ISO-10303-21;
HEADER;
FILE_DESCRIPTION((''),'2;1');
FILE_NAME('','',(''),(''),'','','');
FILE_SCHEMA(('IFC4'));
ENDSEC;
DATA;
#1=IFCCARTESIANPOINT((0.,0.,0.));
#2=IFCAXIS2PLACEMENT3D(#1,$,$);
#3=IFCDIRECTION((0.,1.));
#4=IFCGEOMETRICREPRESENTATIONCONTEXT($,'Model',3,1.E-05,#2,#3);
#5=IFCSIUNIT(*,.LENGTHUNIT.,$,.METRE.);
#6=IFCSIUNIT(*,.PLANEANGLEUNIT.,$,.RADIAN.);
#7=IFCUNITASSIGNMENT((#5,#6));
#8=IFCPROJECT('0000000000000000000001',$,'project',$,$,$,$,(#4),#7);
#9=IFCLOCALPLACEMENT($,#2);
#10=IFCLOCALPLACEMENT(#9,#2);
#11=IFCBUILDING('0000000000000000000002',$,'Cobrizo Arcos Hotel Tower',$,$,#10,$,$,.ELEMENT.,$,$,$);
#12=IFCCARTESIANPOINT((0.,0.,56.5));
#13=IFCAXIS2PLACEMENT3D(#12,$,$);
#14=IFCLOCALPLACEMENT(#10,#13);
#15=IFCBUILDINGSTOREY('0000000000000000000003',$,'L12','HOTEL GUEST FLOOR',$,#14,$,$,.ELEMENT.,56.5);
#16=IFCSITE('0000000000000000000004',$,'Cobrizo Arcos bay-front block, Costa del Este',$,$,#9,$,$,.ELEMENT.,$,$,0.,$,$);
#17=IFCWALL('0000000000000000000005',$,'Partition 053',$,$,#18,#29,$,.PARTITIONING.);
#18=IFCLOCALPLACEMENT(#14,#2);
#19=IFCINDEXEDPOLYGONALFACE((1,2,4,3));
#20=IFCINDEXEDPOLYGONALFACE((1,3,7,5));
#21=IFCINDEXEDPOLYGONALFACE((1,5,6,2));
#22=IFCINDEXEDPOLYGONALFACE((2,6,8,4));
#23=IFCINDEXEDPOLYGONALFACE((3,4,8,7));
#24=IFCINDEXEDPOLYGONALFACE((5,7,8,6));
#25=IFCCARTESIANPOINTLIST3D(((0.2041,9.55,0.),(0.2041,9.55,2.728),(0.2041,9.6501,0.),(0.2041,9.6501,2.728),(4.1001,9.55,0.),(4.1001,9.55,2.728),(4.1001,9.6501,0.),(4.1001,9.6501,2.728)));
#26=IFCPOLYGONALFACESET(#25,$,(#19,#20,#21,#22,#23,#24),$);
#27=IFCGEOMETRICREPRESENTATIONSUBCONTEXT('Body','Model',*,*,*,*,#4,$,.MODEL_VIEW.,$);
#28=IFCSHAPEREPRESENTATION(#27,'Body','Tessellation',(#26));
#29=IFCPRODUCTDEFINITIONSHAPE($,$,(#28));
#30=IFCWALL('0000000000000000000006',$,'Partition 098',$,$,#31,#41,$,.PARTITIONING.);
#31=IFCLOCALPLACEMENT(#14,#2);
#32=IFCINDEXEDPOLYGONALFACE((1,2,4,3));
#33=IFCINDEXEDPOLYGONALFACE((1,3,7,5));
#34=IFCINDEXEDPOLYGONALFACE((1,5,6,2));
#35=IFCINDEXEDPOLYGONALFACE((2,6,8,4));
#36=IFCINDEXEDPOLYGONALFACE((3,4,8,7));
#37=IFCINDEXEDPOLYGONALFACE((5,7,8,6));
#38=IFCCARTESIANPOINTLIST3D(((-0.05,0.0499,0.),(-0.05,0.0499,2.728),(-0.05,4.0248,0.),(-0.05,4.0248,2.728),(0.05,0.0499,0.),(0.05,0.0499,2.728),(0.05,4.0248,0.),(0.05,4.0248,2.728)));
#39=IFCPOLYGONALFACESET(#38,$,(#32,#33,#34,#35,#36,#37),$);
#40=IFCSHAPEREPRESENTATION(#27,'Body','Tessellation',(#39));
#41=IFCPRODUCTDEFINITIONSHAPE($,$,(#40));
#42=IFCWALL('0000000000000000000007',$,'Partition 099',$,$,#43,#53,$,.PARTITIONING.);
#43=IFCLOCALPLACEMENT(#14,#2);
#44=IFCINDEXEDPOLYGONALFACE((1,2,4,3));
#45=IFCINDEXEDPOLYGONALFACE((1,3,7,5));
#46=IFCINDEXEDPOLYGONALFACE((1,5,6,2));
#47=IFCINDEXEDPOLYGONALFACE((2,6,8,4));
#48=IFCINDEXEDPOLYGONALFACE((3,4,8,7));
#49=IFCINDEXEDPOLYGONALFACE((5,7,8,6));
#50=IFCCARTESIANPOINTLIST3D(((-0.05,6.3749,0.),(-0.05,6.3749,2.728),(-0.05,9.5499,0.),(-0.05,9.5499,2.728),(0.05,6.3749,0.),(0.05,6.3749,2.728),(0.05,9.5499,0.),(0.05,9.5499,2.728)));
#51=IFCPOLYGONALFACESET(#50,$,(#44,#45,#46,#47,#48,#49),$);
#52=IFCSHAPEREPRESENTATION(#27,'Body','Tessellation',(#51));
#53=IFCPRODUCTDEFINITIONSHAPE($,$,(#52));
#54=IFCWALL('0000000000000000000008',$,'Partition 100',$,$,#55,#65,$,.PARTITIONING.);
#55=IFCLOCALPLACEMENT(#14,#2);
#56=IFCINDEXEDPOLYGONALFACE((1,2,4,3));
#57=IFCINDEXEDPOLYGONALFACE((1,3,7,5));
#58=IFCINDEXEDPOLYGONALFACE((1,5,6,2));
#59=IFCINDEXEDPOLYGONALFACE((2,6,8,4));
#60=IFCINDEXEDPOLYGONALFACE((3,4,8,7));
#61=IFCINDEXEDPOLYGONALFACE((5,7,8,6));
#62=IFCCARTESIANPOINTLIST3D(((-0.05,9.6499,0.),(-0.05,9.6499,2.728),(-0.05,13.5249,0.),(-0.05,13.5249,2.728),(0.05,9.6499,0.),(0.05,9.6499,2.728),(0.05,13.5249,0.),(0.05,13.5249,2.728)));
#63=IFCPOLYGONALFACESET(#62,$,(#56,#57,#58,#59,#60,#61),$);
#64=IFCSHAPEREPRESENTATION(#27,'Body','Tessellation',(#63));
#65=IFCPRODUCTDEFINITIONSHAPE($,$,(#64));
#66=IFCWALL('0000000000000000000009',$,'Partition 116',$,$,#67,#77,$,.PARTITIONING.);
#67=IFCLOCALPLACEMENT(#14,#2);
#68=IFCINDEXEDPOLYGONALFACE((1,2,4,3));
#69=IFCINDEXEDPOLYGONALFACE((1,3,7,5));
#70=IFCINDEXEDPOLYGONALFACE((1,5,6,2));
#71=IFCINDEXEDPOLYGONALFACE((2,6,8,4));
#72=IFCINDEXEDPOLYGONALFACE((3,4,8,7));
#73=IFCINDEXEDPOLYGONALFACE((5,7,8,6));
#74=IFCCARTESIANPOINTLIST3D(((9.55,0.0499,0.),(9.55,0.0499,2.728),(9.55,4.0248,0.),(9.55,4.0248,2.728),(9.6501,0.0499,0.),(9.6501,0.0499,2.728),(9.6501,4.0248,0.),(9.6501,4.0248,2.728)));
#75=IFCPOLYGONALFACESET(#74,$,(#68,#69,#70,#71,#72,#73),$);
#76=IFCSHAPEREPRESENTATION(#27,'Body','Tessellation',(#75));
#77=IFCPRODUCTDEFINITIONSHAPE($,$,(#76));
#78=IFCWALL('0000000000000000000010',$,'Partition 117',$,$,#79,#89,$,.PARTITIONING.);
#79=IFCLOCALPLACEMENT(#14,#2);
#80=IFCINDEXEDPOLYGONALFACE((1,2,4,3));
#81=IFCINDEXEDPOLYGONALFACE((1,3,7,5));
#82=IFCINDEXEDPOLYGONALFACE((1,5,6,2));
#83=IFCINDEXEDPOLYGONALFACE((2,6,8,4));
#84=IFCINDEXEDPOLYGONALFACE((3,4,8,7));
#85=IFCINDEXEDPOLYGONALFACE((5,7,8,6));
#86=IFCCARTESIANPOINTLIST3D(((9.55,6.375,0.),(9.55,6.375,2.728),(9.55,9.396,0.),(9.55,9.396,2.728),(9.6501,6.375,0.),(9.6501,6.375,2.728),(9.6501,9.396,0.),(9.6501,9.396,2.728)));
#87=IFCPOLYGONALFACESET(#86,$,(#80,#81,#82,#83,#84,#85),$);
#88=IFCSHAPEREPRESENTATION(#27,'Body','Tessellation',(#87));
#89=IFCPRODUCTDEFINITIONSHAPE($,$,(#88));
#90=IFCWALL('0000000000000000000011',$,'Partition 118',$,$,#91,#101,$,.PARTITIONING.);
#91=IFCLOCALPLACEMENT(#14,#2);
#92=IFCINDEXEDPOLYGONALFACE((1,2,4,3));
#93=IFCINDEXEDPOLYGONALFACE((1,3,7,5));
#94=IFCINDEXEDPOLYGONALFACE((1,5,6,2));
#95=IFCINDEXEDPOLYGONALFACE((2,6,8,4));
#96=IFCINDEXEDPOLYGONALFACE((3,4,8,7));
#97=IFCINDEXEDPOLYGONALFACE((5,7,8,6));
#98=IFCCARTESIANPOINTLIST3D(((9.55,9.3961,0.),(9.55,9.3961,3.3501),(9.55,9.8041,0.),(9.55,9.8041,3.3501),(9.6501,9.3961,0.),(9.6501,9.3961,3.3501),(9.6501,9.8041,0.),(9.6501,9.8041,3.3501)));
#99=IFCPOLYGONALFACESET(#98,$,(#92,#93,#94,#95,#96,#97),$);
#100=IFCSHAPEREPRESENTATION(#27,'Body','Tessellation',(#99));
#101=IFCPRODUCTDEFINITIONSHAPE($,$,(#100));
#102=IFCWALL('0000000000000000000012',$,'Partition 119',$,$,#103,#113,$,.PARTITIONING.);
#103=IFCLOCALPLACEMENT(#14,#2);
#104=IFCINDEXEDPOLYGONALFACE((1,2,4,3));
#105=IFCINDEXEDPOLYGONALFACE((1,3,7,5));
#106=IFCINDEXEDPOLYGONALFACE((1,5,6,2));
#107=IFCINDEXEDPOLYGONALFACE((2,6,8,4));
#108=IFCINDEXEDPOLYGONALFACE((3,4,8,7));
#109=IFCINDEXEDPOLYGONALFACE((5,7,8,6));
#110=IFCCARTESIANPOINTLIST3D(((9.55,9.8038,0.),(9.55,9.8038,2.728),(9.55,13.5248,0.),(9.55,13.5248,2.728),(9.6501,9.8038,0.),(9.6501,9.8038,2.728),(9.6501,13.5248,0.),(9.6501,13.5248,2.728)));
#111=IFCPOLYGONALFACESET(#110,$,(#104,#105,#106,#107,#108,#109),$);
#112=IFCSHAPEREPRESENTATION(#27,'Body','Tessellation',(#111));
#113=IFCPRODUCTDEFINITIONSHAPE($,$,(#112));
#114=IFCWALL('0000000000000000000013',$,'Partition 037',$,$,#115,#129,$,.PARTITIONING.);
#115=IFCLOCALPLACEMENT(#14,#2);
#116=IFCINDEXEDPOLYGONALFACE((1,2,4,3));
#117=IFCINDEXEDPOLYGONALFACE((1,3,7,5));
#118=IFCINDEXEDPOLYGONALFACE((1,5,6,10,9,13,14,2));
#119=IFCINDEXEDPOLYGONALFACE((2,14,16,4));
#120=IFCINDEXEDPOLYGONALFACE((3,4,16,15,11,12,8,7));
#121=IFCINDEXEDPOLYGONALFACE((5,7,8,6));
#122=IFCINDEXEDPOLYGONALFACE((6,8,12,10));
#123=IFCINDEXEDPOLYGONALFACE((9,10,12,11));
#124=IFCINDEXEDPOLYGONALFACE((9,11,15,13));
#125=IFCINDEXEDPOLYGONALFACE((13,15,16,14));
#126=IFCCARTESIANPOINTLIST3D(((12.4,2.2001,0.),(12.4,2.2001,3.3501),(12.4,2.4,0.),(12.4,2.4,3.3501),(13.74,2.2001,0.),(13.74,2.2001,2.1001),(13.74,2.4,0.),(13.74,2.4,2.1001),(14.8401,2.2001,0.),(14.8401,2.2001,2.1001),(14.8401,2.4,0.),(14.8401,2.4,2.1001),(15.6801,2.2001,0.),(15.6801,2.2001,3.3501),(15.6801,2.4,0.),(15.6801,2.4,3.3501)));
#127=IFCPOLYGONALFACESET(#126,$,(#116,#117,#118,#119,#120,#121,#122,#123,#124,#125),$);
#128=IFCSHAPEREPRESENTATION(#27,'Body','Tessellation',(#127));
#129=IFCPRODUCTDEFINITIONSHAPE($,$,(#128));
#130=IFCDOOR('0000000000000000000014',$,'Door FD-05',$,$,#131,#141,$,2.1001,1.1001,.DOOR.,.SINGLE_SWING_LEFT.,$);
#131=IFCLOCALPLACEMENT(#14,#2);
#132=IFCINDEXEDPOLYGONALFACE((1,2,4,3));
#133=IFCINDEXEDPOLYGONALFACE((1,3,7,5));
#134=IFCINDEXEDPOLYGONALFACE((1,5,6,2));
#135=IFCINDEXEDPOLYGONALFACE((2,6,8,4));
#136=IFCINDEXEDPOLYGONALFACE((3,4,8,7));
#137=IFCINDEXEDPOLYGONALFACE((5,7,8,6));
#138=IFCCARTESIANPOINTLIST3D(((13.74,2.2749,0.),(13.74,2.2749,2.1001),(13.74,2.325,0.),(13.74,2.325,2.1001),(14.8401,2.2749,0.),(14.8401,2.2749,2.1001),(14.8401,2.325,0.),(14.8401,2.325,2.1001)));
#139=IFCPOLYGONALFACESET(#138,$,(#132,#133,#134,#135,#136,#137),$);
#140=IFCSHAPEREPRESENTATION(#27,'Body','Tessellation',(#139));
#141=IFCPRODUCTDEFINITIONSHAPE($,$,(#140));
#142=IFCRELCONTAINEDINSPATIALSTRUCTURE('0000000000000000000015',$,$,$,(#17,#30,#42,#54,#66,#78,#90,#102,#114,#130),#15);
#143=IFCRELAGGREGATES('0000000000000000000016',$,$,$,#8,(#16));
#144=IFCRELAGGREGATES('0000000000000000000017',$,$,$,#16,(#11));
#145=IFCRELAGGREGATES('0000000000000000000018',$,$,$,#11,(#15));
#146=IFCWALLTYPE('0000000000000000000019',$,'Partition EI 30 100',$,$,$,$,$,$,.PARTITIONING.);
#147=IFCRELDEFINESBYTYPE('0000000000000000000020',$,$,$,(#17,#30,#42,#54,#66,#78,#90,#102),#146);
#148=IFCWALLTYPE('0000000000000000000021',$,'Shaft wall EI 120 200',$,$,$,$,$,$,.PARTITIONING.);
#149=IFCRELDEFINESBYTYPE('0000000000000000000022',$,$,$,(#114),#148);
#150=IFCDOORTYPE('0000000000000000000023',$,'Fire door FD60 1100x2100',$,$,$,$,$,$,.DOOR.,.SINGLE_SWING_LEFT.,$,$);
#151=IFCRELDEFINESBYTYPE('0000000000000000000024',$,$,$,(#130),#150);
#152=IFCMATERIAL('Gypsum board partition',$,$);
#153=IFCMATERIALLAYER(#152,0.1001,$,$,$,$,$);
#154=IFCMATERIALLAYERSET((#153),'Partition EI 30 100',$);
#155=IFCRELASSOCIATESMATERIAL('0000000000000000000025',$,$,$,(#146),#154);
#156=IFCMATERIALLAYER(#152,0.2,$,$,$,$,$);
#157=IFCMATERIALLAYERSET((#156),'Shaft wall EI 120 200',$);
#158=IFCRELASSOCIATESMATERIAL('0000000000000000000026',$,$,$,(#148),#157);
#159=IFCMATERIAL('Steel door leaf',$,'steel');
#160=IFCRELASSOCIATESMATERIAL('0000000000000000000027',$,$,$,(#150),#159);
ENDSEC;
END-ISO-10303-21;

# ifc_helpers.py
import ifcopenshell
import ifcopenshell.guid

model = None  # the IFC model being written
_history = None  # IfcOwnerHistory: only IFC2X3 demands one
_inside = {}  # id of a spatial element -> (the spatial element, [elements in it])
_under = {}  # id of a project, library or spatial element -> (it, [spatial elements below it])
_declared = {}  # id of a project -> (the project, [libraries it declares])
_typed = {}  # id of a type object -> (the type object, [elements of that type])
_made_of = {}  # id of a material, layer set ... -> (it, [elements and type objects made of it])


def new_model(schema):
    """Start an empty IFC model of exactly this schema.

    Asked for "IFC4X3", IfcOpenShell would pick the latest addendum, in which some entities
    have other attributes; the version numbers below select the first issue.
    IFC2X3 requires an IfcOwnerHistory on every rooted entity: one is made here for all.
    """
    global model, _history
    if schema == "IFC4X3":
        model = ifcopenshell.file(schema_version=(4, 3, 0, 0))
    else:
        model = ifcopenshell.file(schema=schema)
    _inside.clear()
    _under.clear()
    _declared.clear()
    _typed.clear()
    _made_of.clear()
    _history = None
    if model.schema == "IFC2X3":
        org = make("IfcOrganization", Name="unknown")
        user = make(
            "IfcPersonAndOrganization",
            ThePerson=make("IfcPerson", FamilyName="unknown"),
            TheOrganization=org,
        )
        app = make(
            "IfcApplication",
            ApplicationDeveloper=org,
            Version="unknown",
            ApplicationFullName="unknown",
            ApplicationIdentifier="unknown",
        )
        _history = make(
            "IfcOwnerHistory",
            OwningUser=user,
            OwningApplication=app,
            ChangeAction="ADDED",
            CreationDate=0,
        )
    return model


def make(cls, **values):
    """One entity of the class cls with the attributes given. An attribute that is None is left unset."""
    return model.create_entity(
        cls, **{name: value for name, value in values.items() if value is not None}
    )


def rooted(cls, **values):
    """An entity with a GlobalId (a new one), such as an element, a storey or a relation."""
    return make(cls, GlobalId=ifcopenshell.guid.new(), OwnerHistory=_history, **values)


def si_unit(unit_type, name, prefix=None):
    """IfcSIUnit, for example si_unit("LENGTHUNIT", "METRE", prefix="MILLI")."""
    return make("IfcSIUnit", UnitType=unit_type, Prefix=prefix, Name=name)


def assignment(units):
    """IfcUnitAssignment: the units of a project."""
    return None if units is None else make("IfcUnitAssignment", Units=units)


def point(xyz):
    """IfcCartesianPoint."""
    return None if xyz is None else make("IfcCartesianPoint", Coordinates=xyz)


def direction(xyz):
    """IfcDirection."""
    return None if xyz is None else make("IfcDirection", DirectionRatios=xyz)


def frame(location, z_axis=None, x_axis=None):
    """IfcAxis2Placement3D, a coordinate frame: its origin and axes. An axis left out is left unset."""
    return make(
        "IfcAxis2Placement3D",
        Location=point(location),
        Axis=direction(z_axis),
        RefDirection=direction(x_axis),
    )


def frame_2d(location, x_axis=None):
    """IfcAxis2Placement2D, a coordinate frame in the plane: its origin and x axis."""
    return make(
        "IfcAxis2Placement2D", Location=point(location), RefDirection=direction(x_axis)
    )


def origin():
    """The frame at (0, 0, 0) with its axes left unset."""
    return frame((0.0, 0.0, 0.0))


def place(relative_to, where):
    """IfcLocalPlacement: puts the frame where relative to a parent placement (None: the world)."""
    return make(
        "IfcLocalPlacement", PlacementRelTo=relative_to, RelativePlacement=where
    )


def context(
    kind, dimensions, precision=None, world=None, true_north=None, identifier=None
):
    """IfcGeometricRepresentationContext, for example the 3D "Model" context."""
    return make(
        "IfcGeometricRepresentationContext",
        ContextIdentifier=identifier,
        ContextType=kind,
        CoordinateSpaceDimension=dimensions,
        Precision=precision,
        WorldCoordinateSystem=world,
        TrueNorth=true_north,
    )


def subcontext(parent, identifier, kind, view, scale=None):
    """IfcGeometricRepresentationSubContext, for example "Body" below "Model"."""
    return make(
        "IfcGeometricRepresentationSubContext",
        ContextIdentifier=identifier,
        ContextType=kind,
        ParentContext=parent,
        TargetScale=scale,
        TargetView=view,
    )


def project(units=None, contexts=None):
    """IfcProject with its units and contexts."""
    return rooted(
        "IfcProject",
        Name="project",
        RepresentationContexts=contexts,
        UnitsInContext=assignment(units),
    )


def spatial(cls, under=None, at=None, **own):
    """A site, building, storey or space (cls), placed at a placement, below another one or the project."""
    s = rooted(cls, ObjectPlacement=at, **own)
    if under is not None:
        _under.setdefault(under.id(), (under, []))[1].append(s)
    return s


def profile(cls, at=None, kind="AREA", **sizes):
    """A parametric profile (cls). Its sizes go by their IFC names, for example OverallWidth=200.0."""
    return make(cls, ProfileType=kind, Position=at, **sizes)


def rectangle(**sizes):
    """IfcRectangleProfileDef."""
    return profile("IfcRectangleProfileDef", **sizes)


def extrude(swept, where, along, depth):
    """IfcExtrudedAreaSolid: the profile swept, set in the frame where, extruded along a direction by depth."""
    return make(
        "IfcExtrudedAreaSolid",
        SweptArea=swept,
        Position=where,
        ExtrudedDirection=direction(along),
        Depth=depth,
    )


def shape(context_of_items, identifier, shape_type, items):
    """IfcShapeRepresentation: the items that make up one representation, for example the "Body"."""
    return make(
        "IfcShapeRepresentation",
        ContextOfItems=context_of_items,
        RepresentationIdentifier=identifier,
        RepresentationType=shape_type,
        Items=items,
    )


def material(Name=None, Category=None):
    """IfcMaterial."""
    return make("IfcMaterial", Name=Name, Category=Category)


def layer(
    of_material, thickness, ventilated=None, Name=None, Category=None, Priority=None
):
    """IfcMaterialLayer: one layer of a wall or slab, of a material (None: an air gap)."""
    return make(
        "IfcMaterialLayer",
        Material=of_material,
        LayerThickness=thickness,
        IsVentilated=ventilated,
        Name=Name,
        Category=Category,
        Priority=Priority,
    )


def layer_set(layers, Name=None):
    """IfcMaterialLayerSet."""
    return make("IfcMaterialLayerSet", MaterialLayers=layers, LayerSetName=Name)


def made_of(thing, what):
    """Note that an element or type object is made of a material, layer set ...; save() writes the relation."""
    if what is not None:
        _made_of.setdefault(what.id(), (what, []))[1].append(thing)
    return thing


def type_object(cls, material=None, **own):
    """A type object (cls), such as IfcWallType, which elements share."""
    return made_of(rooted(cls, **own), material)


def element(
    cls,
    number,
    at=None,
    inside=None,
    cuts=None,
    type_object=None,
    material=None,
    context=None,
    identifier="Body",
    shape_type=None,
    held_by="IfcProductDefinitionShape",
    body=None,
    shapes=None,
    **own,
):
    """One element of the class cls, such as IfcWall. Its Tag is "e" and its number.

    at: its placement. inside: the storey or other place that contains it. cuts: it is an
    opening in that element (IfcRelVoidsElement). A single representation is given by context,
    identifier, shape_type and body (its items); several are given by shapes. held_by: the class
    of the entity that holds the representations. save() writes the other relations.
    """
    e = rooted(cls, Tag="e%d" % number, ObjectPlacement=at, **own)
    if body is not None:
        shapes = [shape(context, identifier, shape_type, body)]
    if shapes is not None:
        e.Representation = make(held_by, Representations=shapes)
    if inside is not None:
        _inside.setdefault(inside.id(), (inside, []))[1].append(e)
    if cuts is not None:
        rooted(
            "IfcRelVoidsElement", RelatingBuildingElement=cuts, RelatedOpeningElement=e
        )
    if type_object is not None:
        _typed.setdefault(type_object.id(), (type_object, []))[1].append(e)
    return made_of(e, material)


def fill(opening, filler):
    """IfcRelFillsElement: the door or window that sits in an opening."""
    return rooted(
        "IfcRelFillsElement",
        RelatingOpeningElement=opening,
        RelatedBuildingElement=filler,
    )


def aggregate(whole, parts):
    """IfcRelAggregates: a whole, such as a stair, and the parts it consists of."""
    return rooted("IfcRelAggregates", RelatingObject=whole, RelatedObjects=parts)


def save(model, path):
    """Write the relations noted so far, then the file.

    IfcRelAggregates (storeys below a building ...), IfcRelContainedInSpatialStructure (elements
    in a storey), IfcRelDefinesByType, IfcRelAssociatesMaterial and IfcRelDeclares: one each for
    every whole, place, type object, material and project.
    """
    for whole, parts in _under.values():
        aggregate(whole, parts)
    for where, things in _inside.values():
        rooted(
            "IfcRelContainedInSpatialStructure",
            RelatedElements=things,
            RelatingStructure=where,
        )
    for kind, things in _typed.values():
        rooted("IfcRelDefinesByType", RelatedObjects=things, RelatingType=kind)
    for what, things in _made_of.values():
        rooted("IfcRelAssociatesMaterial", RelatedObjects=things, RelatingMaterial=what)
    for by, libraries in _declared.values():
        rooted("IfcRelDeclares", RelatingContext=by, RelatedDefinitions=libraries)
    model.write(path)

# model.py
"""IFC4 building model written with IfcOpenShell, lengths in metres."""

from ifc_helpers import new_model, si_unit, direction, frame, frame_2d, origin, place, context, subcontext, project, spatial, rectangle, extrude, material, layer, layer_set, type_object, element, fill, save


model = new_model("IFC4")

# Units and contexts
model_context = context("Model", 3, precision=1e-05, world=origin(), true_north=direction((0.0, 1.0)))
body_context = subcontext(model_context, "Body", "Model", "MODEL_VIEW")
ifc_project = project(units=[si_unit("LENGTHUNIT", "METRE"), si_unit("PLANEANGLEUNIT", "RADIAN")], contexts=[model_context])

# Site, building, storey
site_placement = place(None, origin())
site = spatial("IfcSite", under=ifc_project, at=site_placement, Name="Cobrizo Arcos bay-front block, Costa del Este", CompositionType="ELEMENT", RefElevation=0.0)
building_placement = place(site_placement, origin())
building = spatial("IfcBuilding", under=site, at=building_placement, Name="Cobrizo Arcos Hotel Tower", CompositionType="ELEMENT")
storey_placement = place(building_placement, frame((0.0, 0.0, 56.5)))
storey = spatial("IfcBuildingStorey", under=building, at=storey_placement, Name="L12", Description="HOTEL GUEST FLOOR", CompositionType="ELEMENT", Elevation=56.5)

# Shared definitions
ifc_material_1 = material(Name="Gypsum board partition")

# Walls
ifc_layer_1 = layer(ifc_material_1, 0.1001)
ifc_layer_set_1 = layer_set([ifc_layer_1], Name="Partition EI 30 100")
wall_type_1 = type_object("IfcWallType", Name="Partition EI 30 100", PredefinedType="PARTITIONING", material=ifc_layer_set_1)
wall_1_placement = place(storey_placement, frame((0.2041, 9.6001, 0.0), z_axis=(0.0, 0.0, 1.0), x_axis=(1.0, 0.0, 0.0)))
element("IfcWall", 1, at=wall_1_placement, inside=storey, type_object=wall_type_1, Name="Partition 053", PredefinedType="PARTITIONING", context=body_context, shape_type="SweptSolid", body=[
    extrude(rectangle(XDim=3.896, YDim=0.1001, at=frame_2d((1.948, 0.0))), origin(), (0.0, 0.0, 1.0), 2.728),
])
wall_2_placement = place(storey_placement, frame((0.0, 0.05, 0.0), z_axis=(0.0, 0.0, 1.0), x_axis=(0.0, 1.0, 0.0)))
element("IfcWall", 2, at=wall_2_placement, inside=storey, type_object=wall_type_1, Name="Partition 098", PredefinedType="PARTITIONING", context=body_context, shape_type="SweptSolid", body=[
    extrude(rectangle(XDim=3.9749, YDim=0.1001, at=frame_2d((1.9873, 0.0))), origin(), (0.0, 0.0, 1.0), 2.728),
])
wall_3_placement = place(storey_placement, frame((0.0, 6.375, 0.0), z_axis=(0.0, 0.0, 1.0), x_axis=(0.0, 1.0, 0.0)))
element("IfcWall", 3, at=wall_3_placement, inside=storey, type_object=wall_type_1, Name="Partition 099", PredefinedType="PARTITIONING", context=body_context, shape_type="SweptSolid", body=[
    extrude(rectangle(XDim=3.175, YDim=0.1001, at=frame_2d((1.5874, 0.0))), origin(), (0.0, 0.0, 1.0), 2.728),
])
wall_4_placement = place(storey_placement, frame((0.0, 9.6499, 0.0), z_axis=(0.0, 0.0, 1.0), x_axis=(0.0, 1.0, 0.0)))
element("IfcWall", 4, at=wall_4_placement, inside=storey, type_object=wall_type_1, Name="Partition 100", PredefinedType="PARTITIONING", context=body_context, shape_type="SweptSolid", body=[
    extrude(rectangle(XDim=3.875, YDim=0.1001, at=frame_2d((1.9375, 0.0))), origin(), (0.0, 0.0, 1.0), 2.728),
])
wall_5_placement = place(storey_placement, frame((9.6001, 0.05, 0.0), z_axis=(0.0, 0.0, 1.0), x_axis=(0.0, 1.0, 0.0)))
element("IfcWall", 5, at=wall_5_placement, inside=storey, type_object=wall_type_1, Name="Partition 116", PredefinedType="PARTITIONING", context=body_context, shape_type="SweptSolid", body=[
    extrude(rectangle(XDim=3.9749, YDim=0.1001, at=frame_2d((1.9873, 0.0))), origin(), (0.0, 0.0, 1.0), 2.728),
])
wall_6_placement = place(storey_placement, frame((9.6001, 6.375, 0.0), z_axis=(0.0, 0.0, 1.0), x_axis=(0.0, 1.0, 0.0)))
element("IfcWall", 6, at=wall_6_placement, inside=storey, type_object=wall_type_1, Name="Partition 117", PredefinedType="PARTITIONING", context=body_context, shape_type="SweptSolid", body=[
    extrude(rectangle(XDim=3.021, YDim=0.1001, at=frame_2d((1.5105, 0.0))), origin(), (0.0, 0.0, 1.0), 2.728),
])
wall_7_placement = place(storey_placement, frame((9.6001, 9.396, 0.0), z_axis=(0.0, 0.0, 1.0), x_axis=(0.0, 1.0, 0.0)))
element("IfcWall", 7, at=wall_7_placement, inside=storey, type_object=wall_type_1, Name="Partition 118", PredefinedType="PARTITIONING", context=body_context, shape_type="SweptSolid", body=[
    extrude(rectangle(XDim=0.408, YDim=0.1001, at=frame_2d((0.2041, 0.0))), origin(), (0.0, 0.0, 1.0), 3.3501),
])
wall_8_placement = place(storey_placement, frame((9.6001, 9.804, 0.0), z_axis=(0.0, 0.0, 1.0), x_axis=(0.0, 1.0, 0.0)))
element("IfcWall", 8, at=wall_8_placement, inside=storey, type_object=wall_type_1, Name="Partition 119", PredefinedType="PARTITIONING", context=body_context, shape_type="SweptSolid", body=[
    extrude(rectangle(XDim=3.7209, YDim=0.1001, at=frame_2d((1.8604, 0.0))), origin(), (0.0, 0.0, 1.0), 2.728),
])

# Wall, opening, door
ifc_layer_2 = layer(ifc_material_1, 0.2)
ifc_layer_set_2 = layer_set([ifc_layer_2], Name="Shaft wall EI 120 200")
wall_type_2 = type_object("IfcWallType", Name="Shaft wall EI 120 200", PredefinedType="PARTITIONING", material=ifc_layer_set_2)
wall_9_placement = place(storey_placement, frame((12.3999, 2.3, 0.0), z_axis=(0.0, 0.0, 1.0), x_axis=(1.0, 0.0, 0.0)))
wall_9 = element("IfcWall", 9, at=wall_9_placement, inside=storey, type_object=wall_type_2, Name="Partition 037", PredefinedType="PARTITIONING", context=body_context, shape_type="SweptSolid", body=[
    extrude(rectangle(XDim=3.28, YDim=0.2, at=frame_2d((1.6401, 0.0))), origin(), (0.0, 0.0, 1.0), 3.3501),
])
opening_1_placement = place(wall_9_placement, frame((1.3401, 0.0, 0.0)))
opening_1 = element("IfcOpeningElement", 10, at=opening_1_placement, cuts=wall_9, PredefinedType="OPENING", context=body_context, shape_type="SweptSolid", body=[
    extrude(rectangle(XDim=1.1001, YDim=2.1001, at=frame_2d((0.55, 1.05))), frame((0.0, 0.1121, 0.0), z_axis=(0.0, -1.0, 0.0), x_axis=(1.0, 0.0, 0.0)), (0.0, 0.0, 1.0), 0.2239),
])
ifc_material_2 = material(Name="Steel door leaf", Category="steel")
door_type_1 = type_object("IfcDoorType", Name="Fire door FD60 1100x2100", OperationType="SINGLE_SWING_LEFT", PredefinedType="DOOR", material=ifc_material_2)
door_1_placement = place(opening_1_placement, origin())
door_1 = element("IfcDoor", 11, at=door_1_placement, inside=storey, type_object=door_type_1, Name="Door FD-05", OperationType="SINGLE_SWING_LEFT", OverallHeight=2.1001, OverallWidth=1.1001, PredefinedType="DOOR", context=body_context, shape_type="SweptSolid", body=[
    extrude(rectangle(XDim=1.1001, YDim=2.1001, at=frame_2d((0.55, 1.05))), frame((0.0, 0.0249, 0.0), z_axis=(0.0, -1.0, 0.0), x_axis=(1.0, 0.0, 0.0)), (0.0, 0.0, 1.0), 0.05),
])
fill(opening_1, door_1)

save(model, "model.ifc")
